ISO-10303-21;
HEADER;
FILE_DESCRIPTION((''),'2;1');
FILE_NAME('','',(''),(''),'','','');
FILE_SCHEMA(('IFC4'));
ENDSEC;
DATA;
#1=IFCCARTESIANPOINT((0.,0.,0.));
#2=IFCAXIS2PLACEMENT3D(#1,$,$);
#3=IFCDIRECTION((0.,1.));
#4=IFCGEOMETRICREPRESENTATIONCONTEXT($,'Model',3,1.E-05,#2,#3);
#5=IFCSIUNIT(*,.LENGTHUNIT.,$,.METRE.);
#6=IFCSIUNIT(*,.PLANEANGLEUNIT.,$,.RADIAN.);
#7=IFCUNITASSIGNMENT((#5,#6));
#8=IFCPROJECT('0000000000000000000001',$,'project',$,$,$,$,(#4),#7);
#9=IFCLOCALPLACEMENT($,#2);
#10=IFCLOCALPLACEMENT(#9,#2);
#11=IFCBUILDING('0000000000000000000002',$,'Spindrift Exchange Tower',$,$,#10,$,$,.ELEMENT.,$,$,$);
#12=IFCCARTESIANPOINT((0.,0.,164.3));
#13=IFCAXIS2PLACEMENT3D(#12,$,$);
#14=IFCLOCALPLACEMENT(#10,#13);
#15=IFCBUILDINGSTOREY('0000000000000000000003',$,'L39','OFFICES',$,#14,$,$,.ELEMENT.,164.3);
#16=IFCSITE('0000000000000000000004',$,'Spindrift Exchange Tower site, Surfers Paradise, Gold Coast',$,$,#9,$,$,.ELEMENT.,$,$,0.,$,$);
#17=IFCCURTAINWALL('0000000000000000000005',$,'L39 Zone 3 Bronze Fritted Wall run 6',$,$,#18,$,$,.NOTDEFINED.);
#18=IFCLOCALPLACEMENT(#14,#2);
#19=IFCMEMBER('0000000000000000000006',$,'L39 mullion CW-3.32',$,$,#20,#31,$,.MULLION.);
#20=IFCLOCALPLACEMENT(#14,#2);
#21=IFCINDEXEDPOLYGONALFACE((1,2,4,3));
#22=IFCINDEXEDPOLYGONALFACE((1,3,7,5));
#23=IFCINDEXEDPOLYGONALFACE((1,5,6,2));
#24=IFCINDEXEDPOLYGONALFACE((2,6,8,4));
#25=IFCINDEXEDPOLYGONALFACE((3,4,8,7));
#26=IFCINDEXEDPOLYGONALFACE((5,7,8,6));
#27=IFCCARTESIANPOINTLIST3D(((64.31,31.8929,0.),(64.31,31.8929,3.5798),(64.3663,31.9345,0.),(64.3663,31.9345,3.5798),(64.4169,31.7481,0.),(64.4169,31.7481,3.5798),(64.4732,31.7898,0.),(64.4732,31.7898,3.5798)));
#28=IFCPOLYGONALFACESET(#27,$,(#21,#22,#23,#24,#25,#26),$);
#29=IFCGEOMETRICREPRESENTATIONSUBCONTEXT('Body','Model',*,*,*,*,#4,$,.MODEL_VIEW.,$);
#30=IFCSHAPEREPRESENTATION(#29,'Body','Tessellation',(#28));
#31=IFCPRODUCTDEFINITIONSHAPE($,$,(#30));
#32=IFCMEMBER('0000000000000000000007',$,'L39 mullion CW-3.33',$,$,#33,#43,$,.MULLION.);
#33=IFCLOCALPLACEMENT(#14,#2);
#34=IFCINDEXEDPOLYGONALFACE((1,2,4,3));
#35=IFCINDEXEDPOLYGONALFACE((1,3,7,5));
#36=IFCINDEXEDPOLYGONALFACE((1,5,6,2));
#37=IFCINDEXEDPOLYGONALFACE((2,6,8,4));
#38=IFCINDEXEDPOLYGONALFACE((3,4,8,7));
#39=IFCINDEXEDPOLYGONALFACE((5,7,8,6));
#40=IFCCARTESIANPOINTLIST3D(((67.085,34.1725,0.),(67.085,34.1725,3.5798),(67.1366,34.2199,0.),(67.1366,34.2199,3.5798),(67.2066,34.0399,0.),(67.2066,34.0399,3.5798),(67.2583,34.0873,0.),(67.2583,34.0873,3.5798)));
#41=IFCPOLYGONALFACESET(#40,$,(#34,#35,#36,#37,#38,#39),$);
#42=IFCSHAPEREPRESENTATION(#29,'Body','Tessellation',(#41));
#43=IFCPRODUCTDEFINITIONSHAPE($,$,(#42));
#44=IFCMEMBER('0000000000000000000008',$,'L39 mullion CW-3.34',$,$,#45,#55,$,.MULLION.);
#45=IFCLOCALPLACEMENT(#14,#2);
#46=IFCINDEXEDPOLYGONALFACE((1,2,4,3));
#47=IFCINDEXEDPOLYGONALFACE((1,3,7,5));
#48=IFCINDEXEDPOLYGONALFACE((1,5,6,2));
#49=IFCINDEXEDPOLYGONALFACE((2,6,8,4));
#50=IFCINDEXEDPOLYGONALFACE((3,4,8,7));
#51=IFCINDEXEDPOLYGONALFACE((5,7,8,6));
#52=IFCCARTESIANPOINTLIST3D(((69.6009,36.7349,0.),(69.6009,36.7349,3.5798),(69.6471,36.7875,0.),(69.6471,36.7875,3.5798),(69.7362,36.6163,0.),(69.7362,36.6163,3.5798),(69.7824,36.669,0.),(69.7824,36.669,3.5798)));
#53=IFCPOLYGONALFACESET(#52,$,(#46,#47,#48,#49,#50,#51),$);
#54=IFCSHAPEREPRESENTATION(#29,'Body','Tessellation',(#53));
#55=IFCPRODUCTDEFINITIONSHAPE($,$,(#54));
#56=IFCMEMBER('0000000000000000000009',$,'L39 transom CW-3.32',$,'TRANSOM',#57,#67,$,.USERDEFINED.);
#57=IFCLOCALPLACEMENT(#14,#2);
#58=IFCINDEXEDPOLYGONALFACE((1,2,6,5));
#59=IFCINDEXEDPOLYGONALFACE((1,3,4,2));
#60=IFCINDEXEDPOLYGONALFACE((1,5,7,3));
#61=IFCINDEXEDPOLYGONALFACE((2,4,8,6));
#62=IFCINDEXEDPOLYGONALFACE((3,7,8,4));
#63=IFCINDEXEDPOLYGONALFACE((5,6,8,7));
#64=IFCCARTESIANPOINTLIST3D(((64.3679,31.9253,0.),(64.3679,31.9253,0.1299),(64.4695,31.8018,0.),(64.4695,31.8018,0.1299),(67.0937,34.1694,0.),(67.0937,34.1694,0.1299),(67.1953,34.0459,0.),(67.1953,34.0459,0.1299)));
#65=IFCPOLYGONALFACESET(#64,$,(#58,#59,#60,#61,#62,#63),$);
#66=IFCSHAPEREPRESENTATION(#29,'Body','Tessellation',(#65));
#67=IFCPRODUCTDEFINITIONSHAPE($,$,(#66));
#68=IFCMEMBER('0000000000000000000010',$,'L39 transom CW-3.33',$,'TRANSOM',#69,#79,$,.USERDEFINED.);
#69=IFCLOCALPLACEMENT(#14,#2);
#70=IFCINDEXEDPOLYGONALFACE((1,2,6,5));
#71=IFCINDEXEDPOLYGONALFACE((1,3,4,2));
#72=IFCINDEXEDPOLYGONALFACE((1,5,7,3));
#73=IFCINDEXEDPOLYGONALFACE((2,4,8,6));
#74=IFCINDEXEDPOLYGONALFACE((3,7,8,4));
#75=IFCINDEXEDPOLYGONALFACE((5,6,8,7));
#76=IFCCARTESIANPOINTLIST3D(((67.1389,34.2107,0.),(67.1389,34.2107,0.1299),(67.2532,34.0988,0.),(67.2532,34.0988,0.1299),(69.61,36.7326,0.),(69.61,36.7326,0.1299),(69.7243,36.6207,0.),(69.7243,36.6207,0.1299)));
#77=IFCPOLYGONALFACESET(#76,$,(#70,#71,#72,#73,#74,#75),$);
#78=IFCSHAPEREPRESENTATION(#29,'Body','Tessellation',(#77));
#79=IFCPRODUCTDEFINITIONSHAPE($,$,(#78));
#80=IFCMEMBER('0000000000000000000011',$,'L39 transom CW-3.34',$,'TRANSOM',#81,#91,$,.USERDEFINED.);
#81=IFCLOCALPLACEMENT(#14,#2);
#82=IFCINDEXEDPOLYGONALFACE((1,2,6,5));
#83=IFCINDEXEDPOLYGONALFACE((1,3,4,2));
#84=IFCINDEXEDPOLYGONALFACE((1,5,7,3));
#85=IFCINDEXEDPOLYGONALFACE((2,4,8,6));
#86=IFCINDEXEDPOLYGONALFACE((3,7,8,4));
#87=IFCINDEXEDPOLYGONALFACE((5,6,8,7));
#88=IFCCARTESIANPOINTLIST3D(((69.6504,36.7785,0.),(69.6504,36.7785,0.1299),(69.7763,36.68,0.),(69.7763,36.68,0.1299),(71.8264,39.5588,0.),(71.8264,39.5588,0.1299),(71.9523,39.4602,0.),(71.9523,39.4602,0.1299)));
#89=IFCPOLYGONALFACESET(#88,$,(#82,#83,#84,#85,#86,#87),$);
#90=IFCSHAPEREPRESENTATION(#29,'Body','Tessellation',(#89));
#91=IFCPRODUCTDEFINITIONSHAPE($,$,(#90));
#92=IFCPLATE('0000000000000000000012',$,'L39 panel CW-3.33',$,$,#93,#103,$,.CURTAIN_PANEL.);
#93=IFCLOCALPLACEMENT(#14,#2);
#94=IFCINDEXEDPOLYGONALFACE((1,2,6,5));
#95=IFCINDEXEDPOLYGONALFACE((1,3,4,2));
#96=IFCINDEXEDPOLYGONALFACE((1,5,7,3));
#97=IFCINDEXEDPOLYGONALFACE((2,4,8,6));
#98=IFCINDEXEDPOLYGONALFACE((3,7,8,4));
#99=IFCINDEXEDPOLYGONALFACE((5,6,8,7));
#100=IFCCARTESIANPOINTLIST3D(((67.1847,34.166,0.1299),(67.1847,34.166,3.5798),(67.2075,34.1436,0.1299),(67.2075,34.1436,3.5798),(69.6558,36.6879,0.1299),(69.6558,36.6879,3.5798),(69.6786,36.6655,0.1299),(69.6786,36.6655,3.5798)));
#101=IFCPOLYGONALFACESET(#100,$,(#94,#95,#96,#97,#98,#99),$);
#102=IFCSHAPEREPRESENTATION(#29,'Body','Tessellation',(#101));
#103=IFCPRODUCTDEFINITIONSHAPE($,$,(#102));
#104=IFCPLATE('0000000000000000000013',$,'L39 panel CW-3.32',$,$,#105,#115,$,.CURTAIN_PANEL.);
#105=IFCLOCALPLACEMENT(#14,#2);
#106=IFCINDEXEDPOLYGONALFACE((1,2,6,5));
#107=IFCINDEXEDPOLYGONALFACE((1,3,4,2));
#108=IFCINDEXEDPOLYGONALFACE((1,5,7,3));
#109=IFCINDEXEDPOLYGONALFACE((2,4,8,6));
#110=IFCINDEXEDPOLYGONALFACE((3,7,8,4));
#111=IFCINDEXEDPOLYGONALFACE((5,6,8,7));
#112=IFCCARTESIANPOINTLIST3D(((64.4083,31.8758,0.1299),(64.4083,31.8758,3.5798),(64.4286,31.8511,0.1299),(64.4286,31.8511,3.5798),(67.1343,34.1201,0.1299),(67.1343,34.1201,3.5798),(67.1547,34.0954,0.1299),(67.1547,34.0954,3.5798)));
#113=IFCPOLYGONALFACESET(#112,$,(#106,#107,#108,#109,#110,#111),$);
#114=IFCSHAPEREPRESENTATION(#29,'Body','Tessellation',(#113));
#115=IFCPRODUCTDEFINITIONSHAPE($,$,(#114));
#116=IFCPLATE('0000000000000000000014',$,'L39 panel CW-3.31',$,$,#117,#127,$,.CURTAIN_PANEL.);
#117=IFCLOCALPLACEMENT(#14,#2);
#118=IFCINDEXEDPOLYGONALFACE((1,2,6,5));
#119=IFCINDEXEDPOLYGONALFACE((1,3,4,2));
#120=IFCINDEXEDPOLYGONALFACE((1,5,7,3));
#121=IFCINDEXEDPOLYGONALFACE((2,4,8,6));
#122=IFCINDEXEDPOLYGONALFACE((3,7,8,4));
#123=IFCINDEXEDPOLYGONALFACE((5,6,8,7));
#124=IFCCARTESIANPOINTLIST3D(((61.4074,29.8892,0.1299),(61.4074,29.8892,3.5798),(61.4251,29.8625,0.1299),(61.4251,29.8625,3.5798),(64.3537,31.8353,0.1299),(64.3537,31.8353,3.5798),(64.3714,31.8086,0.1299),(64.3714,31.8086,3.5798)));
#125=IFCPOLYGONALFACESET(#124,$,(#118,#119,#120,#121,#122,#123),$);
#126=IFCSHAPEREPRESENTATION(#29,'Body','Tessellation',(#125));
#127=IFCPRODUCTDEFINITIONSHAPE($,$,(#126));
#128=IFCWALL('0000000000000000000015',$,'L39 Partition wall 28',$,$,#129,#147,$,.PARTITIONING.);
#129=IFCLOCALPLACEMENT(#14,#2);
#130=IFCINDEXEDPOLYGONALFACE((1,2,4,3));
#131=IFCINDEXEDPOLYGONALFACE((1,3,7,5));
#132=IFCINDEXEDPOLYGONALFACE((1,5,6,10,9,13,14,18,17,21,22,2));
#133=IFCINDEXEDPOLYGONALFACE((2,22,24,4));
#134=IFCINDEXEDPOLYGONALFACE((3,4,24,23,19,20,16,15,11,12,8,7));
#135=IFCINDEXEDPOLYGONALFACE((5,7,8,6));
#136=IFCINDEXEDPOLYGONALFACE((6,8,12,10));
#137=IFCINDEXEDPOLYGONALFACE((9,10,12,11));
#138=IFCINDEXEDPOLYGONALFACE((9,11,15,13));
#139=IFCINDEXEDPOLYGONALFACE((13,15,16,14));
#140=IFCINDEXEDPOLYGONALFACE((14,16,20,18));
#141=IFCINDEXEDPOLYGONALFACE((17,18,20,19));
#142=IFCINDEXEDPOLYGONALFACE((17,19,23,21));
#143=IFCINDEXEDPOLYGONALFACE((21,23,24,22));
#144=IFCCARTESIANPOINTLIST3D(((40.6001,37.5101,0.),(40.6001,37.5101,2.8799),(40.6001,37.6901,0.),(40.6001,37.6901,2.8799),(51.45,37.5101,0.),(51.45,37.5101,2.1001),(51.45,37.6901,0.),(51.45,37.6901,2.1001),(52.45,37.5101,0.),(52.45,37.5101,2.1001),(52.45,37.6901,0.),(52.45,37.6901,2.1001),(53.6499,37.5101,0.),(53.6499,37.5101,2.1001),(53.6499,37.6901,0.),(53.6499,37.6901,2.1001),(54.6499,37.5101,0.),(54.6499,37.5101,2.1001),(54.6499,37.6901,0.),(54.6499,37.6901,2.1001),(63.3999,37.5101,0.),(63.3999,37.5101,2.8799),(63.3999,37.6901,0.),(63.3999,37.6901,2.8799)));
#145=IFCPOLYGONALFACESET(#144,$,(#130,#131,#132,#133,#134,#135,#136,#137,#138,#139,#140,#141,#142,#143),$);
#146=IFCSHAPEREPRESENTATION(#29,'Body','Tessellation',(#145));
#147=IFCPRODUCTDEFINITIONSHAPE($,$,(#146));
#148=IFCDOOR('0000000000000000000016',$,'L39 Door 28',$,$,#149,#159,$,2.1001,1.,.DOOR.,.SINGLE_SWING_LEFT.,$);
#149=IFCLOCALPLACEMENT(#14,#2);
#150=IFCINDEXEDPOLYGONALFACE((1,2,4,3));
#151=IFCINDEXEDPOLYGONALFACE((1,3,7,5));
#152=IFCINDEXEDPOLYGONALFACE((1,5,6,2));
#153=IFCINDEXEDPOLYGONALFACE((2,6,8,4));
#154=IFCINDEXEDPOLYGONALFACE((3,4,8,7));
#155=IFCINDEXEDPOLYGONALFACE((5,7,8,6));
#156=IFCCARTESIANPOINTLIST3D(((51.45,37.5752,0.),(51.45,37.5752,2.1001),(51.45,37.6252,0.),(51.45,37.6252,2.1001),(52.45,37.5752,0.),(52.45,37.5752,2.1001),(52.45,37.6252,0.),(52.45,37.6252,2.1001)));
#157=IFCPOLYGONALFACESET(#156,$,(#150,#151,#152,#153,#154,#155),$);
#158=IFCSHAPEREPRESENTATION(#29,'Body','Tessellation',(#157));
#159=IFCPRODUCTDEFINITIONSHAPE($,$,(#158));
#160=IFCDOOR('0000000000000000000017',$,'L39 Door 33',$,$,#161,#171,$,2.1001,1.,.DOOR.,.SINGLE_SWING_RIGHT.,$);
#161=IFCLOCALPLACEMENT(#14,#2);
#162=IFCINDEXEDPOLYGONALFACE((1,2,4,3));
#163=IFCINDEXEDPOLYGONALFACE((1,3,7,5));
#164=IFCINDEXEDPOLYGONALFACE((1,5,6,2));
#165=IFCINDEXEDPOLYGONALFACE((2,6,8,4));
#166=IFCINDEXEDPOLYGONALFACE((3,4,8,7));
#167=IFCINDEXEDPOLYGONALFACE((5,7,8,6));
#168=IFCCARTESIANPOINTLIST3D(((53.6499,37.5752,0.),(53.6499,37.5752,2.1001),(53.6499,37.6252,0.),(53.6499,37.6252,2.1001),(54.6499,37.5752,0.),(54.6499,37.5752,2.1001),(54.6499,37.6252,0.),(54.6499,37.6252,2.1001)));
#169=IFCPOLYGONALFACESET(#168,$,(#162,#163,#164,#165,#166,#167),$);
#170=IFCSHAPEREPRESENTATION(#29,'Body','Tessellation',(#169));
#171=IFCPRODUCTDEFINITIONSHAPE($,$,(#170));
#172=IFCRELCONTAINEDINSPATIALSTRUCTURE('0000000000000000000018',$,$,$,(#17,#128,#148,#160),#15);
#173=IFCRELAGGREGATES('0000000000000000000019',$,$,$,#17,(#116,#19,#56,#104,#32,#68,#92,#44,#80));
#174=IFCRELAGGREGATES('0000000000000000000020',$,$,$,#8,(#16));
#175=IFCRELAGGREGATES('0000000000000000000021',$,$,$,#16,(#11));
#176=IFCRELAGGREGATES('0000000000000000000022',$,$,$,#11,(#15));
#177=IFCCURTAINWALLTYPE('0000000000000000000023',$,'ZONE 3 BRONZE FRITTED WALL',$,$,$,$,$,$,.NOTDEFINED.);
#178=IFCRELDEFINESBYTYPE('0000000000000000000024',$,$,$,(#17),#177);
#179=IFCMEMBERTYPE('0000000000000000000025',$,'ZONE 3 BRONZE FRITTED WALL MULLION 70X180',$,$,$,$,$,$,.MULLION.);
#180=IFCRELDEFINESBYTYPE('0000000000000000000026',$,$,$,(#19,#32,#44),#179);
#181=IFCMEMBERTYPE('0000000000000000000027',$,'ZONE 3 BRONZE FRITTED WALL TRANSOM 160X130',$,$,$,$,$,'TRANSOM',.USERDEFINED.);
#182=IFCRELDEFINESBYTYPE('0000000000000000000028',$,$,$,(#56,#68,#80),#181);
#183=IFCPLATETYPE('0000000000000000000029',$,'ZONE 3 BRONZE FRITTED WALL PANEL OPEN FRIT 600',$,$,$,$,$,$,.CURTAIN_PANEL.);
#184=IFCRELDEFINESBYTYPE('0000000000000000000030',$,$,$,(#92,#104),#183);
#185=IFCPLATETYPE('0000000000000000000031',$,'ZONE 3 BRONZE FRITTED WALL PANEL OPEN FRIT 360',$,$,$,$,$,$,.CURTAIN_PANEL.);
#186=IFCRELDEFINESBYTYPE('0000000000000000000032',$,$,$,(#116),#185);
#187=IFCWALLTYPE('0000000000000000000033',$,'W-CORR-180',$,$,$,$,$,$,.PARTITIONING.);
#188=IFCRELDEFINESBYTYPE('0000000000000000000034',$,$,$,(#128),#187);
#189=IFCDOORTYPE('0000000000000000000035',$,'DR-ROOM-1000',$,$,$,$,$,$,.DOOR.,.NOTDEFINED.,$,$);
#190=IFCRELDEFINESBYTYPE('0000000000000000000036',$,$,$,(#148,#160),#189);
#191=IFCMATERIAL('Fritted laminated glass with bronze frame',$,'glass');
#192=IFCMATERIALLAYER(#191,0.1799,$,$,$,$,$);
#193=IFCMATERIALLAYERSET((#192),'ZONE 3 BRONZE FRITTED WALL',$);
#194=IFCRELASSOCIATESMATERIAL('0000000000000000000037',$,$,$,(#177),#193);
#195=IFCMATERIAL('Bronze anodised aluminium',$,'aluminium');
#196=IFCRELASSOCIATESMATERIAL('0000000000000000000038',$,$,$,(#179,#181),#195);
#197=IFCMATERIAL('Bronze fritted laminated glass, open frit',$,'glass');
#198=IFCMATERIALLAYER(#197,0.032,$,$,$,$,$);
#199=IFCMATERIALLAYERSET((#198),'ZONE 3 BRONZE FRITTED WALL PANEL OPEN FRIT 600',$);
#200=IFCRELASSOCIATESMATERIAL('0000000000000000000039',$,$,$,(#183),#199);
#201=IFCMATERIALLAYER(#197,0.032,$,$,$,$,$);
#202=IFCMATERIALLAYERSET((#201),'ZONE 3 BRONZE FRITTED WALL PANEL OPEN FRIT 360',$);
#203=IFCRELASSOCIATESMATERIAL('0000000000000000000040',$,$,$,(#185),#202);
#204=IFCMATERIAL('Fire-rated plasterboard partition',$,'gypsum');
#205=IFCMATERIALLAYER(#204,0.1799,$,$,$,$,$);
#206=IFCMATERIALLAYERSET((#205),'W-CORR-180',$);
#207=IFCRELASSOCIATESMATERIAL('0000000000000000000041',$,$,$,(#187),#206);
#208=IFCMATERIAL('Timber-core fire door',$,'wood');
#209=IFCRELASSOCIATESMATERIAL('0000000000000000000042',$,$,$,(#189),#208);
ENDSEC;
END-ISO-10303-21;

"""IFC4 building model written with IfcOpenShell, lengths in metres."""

from ifc_helpers import new_model, si_unit, direction, frame, frame_2d, origin, origin_2d, place, context, subcontext, project, spatial, rectangle, extrude, source, transform, mapped, material, layer, layer_set, material_profile, profile_set, type_object, element, fill, aggregate, save


model = new_model("IFC4")

# Units and contexts
model_context = context("Model", 3, precision=1e-05, world=origin(), true_north=direction((0.0, 1.0)))
body_context = subcontext(model_context, "Body", "Model", "MODEL_VIEW")
ifc_project = project(units=[si_unit("LENGTHUNIT", "METRE"), si_unit("PLANEANGLEUNIT", "RADIAN")], contexts=[model_context])

# Site, building, storey
site_placement = place(None, origin())
site = spatial("IfcSite", under=ifc_project, at=site_placement, Name="Spindrift Exchange Tower site, Surfers Paradise, Gold Coast", CompositionType="ELEMENT", RefElevation=0.0)
building_placement = place(site_placement, origin())
building = spatial("IfcBuilding", under=site, at=building_placement, Name="Spindrift Exchange Tower", CompositionType="ELEMENT")
storey_placement = place(building_placement, frame((0.0, 0.0, 164.3)))
storey = spatial("IfcBuildingStorey", under=building, at=storey_placement, Name="L39", Description="OFFICES", CompositionType="ELEMENT", Elevation=164.3)

# Curtain wall, members, plates
ifc_material_1 = material(Name="Fritted laminated glass with bronze frame", Category="glass")
ifc_layer_1 = layer(ifc_material_1, 0.1799)
ifc_layer_set_1 = layer_set([ifc_layer_1], Name="ZONE 3 BRONZE FRITTED WALL")
curtain_wall_type = type_object("IfcCurtainWallType", Name="ZONE 3 BRONZE FRITTED WALL", PredefinedType="NOTDEFINED", material=ifc_layer_set_1)
curtain_wall_placement = place(storey_placement, origin())
curtain_wall = element("IfcCurtainWall", 1, at=curtain_wall_placement, inside=storey, type_object=curtain_wall_type, Name="L39 Zone 3 Bronze Fritted Wall run 6", PredefinedType="NOTDEFINED")
ifc_material_2 = material(Name="Bronze anodised aluminium", Category="aluminium")
ifc_material_profile_1 = material_profile(ifc_material_2, rectangle(XDim=0.0701, YDim=0.1799, at=origin_2d()), Name="ZONE 3 BRONZE FRITTED WALL MULLION 70X180")
ifc_profile_set_1 = profile_set([ifc_material_profile_1], Name="Bronze anodised aluminium")
member_type_1 = type_object("IfcMemberType", Name="ZONE 3 BRONZE FRITTED WALL MULLION 70X180", PredefinedType="MULLION", material=ifc_profile_set_1)
shared_shape_1 = source(origin(), body_context, "Body", "SweptSolid", [
    extrude(rectangle(XDim=0.0701, YDim=0.1799, at=origin_2d()), origin(), (0.0, 0.0, 1.0), 3.5798),
])
member_1_placement = place(storey_placement, frame((64.3916, 31.8413, 0.0), z_axis=(0.0, 0.0, 1.0), x_axis=(0.804327, 0.594186, 0.0)))
member_1 = element("IfcMember", 2, at=member_1_placement, type_object=member_type_1, Name="L39 mullion CW-3.32", PredefinedType="MULLION", context=body_context, shape_type="MappedRepresentation", body=[
    mapped(shared_shape_1, transform((0.0, 0.0, 0.0), scale=1.0)),
])
member_2_placement = place(storey_placement, frame((67.1716, 34.1299, 0.0), z_axis=(0.0, 0.0, 1.0), x_axis=(0.737003, 0.67589, 0.0)))
member_2 = element("IfcMember", 3, at=member_2_placement, type_object=member_type_1, Name="L39 mullion CW-3.33", PredefinedType="MULLION", context=body_context, shape_type="MappedRepresentation", body=[
    mapped(shared_shape_1, transform((0.0, 0.0, 0.0), scale=1.0)),
])
member_3_placement = place(storey_placement, frame((69.6917, 36.7019, 0.0), z_axis=(0.0, 0.0, 1.0), x_axis=(0.659127, 0.752032, 0.0)))
member_3 = element("IfcMember", 4, at=member_3_placement, type_object=member_type_1, Name="L39 mullion CW-3.34", PredefinedType="MULLION", context=body_context, shape_type="MappedRepresentation", body=[
    mapped(shared_shape_1, transform((0.0, 0.0, 0.0), scale=1.0)),
])
ifc_material_profile_2 = material_profile(ifc_material_2, rectangle(XDim=0.1599, YDim=0.1299, at=origin_2d()), Name="ZONE 3 BRONZE FRITTED WALL TRANSOM 160X130")
ifc_profile_set_2 = profile_set([ifc_material_profile_2], Name="Bronze anodised aluminium")
member_type_2 = type_object("IfcMemberType", Name="ZONE 3 BRONZE FRITTED WALL TRANSOM 160X130", ElementType="TRANSOM", PredefinedType="USERDEFINED", material=ifc_profile_set_2)
shared_shape_2 = source(origin(), body_context, "Body", "SweptSolid", [
    extrude(rectangle(XDim=0.1599, YDim=0.1299, at=origin_2d()), origin(), (0.0, 0.0, 1.0), 3.5308),
])
member_4_placement = place(storey_placement, frame((64.4187, 31.8635, 0.0649), z_axis=(0.772022, 0.635596, 0.0), x_axis=(-0.635596, 0.772022, 0.0)))
member_4 = element("IfcMember", 5, at=member_4_placement, type_object=member_type_2, Name="L39 transom CW-3.32", ObjectType="TRANSOM", PredefinedType="USERDEFINED", context=body_context, shape_type="MappedRepresentation", body=[
    mapped(shared_shape_2, transform((0.0, 0.0, 0.0), scale=1.0)),
])
member_5_placement = place(storey_placement, frame((67.196, 34.1548, 0.0649), z_axis=(0.699879, 0.714261, 0.0), x_axis=(-0.714261, 0.699879, 0.0)))
member_5 = element("IfcMember", 6, at=member_5_placement, type_object=member_type_2, Name="L39 transom CW-3.33", ObjectType="TRANSOM", PredefinedType="USERDEFINED", context=body_context, shape_type="MappedRepresentation", body=[
    mapped(shared_shape_2, transform((0.0, 0.0, 0.0), scale=1.0)),
])
shared_shape_3 = source(origin(), body_context, "Body", "SweptSolid", [
    extrude(rectangle(XDim=0.1599, YDim=0.1299, at=origin_2d()), origin(), (0.0, 0.0, 1.0), 3.5305),
])
member_6_placement = place(storey_placement, frame((69.7134, 36.7292, 0.0649), z_axis=(0.616336, 0.787483, 0.0), x_axis=(-0.787483, 0.616336, 0.0)))
member_6 = element("IfcMember", 7, at=member_6_placement, type_object=member_type_2, Name="L39 transom CW-3.34", ObjectType="TRANSOM", PredefinedType="USERDEFINED", context=body_context, shape_type="MappedRepresentation", body=[
    mapped(shared_shape_3, transform((0.0, 0.0, 0.0), scale=1.0)),
])
ifc_material_3 = material(Name="Bronze fritted laminated glass, open frit", Category="glass")
ifc_layer_2 = layer(ifc_material_3, 0.032)
ifc_layer_set_2 = layer_set([ifc_layer_2], Name="ZONE 3 BRONZE FRITTED WALL PANEL OPEN FRIT 600")
plate_type_1 = type_object("IfcPlateType", Name="ZONE 3 BRONZE FRITTED WALL PANEL OPEN FRIT 600", PredefinedType="CURTAIN_PANEL", material=ifc_layer_set_2)
shared_shape_4 = source(origin(), body_context, "Body", "SweptSolid", [
    extrude(rectangle(XDim=3.5308, YDim=0.032, at=origin_2d()), origin(), (0.0, 0.0, 1.0), 3.45),
])
plate_1_placement = place(storey_placement, frame((68.4316, 35.4158, 0.1299), z_axis=(0.0, 0.0, 1.0), x_axis=(0.699878, 0.714263, 0.0)))
plate_1 = element("IfcPlate", 8, at=plate_1_placement, type_object=plate_type_1, Name="L39 panel CW-3.33", PredefinedType="CURTAIN_PANEL", context=body_context, shape_type="MappedRepresentation", body=[
    mapped(shared_shape_4, transform((0.0, 0.0, 0.0), scale=1.0)),
])
shared_shape_5 = source(origin(), body_context, "Body", "SweptSolid", [
    extrude(rectangle(XDim=3.531, YDim=0.032, at=origin_2d()), origin(), (0.0, 0.0, 1.0), 3.45),
])
plate_2_placement = place(storey_placement, frame((65.7815, 32.9856, 0.1299), z_axis=(0.0, 0.0, 1.0), x_axis=(0.772027, 0.635589, 0.0)))
plate_2 = element("IfcPlate", 9, at=plate_2_placement, type_object=plate_type_1, Name="L39 panel CW-3.32", PredefinedType="CURTAIN_PANEL", context=body_context, shape_type="MappedRepresentation", body=[
    mapped(shared_shape_5, transform((0.0, 0.0, 0.0), scale=1.0)),
])
ifc_layer_3 = layer(ifc_material_3, 0.032)
ifc_layer_set_3 = layer_set([ifc_layer_3], Name="ZONE 3 BRONZE FRITTED WALL PANEL OPEN FRIT 360")
plate_type_2 = type_object("IfcPlateType", Name="ZONE 3 BRONZE FRITTED WALL PANEL OPEN FRIT 360", PredefinedType="CURTAIN_PANEL", material=ifc_layer_set_3)
shared_shape_6 = source(origin(), body_context, "Body", "SweptSolid", [
    extrude(rectangle(XDim=3.531, YDim=0.032, at=origin_2d()), origin(), (0.0, 0.0, 1.0), 3.45),
])
plate_3_placement = place(storey_placement, frame((62.8894, 30.8489, 0.1299), z_axis=(0.0, 0.0, 1.0), x_axis=(0.834409, 0.551145, 0.0)))
plate_3 = element("IfcPlate", 10, at=plate_3_placement, type_object=plate_type_2, Name="L39 panel CW-3.31", PredefinedType="CURTAIN_PANEL", context=body_context, shape_type="MappedRepresentation", body=[
    mapped(shared_shape_6, transform((0.0, 0.0, 0.0), scale=1.0)),
])
aggregate(curtain_wall, [plate_3, member_1, member_4, plate_2, member_2, member_5, plate_1, member_3, member_6])

# Wall, openings, doors
ifc_material_4 = material(Name="Fire-rated plasterboard partition", Category="gypsum")
ifc_layer_4 = layer(ifc_material_4, 0.1799)
ifc_layer_set_4 = layer_set([ifc_layer_4], Name="W-CORR-180")
wall_type_1 = type_object("IfcWallType", Name="W-CORR-180", PredefinedType="PARTITIONING", material=ifc_layer_set_4)
wall_1_placement = place(storey_placement, frame((63.3999, 37.6001, 0.0), z_axis=(0.0, 0.0, 1.0), x_axis=(-1.0, 0.0, 0.0)))
wall_1 = element("IfcWall", 11, at=wall_1_placement, inside=storey, type_object=wall_type_1, Name="L39 Partition wall 28", PredefinedType="PARTITIONING", context=body_context, shape_type="SweptSolid", body=[
    extrude(rectangle(XDim=22.7998, YDim=0.1799, at=frame_2d((11.3999, 0.0))), origin(), (0.0, 0.0, 1.0), 2.8799),
])
opening_1_placement = place(wall_1_placement, frame((10.95, 0.0, 0.0)))
opening_1 = element("IfcOpeningElement", 12, at=opening_1_placement, cuts=wall_1, PredefinedType="OPENING", context=body_context, shape_type="SweptSolid", body=[
    extrude(rectangle(XDim=1.0, YDim=2.1001, at=frame_2d((0.5, 1.05))), frame((0.0, 0.0999, 0.0), z_axis=(0.0, -1.0, 0.0), x_axis=(1.0, 0.0, 0.0)), (0.0, 0.0, 1.0), 0.2),
])
opening_2_placement = place(wall_1_placement, frame((8.75, 0.0, 0.0)))
opening_2 = element("IfcOpeningElement", 13, at=opening_2_placement, cuts=wall_1, PredefinedType="OPENING", context=body_context, shape_type="SweptSolid", body=[
    extrude(rectangle(XDim=1.0, YDim=2.1001, at=frame_2d((0.5, 1.05))), frame((0.0, 0.0999, 0.0), z_axis=(0.0, -1.0, 0.0), x_axis=(1.0, 0.0, 0.0)), (0.0, 0.0, 1.0), 0.2),
])
ifc_material_5 = material(Name="Timber-core fire door", Category="wood")
door_type = type_object("IfcDoorType", Name="DR-ROOM-1000", OperationType="NOTDEFINED", PredefinedType="DOOR", material=ifc_material_5)
shared_shape_7 = source(origin(), body_context, "Body", "SweptSolid", [
    extrude(rectangle(XDim=1.0, YDim=2.1001, at=frame_2d((0.5, 1.05))), frame((0.0, 0.0249, 0.0), z_axis=(0.0, -1.0, 0.0), x_axis=(1.0, 0.0, 0.0)), (0.0, 0.0, 1.0), 0.05),
])
door_1_placement = place(opening_1_placement, origin())
door_1 = element("IfcDoor", 14, at=door_1_placement, inside=storey, type_object=door_type, Name="L39 Door 28", OperationType="SINGLE_SWING_LEFT", OverallHeight=2.1001, OverallWidth=1.0, PredefinedType="DOOR", context=body_context, shape_type="MappedRepresentation", body=[
    mapped(shared_shape_7, transform((0.0, 0.0, 0.0), scale=1.0)),
])
fill(opening_1, door_1)
door_2_placement = place(opening_2_placement, origin())
door_2 = element("IfcDoor", 15, at=door_2_placement, inside=storey, type_object=door_type, Name="L39 Door 33", OperationType="SINGLE_SWING_RIGHT", OverallHeight=2.1001, OverallWidth=1.0, PredefinedType="DOOR", context=body_context, shape_type="MappedRepresentation", body=[
    mapped(shared_shape_7, transform((0.0, 0.0, 0.0), scale=1.0)),
])
fill(opening_2, door_2)

save(model, "model.ifc")
